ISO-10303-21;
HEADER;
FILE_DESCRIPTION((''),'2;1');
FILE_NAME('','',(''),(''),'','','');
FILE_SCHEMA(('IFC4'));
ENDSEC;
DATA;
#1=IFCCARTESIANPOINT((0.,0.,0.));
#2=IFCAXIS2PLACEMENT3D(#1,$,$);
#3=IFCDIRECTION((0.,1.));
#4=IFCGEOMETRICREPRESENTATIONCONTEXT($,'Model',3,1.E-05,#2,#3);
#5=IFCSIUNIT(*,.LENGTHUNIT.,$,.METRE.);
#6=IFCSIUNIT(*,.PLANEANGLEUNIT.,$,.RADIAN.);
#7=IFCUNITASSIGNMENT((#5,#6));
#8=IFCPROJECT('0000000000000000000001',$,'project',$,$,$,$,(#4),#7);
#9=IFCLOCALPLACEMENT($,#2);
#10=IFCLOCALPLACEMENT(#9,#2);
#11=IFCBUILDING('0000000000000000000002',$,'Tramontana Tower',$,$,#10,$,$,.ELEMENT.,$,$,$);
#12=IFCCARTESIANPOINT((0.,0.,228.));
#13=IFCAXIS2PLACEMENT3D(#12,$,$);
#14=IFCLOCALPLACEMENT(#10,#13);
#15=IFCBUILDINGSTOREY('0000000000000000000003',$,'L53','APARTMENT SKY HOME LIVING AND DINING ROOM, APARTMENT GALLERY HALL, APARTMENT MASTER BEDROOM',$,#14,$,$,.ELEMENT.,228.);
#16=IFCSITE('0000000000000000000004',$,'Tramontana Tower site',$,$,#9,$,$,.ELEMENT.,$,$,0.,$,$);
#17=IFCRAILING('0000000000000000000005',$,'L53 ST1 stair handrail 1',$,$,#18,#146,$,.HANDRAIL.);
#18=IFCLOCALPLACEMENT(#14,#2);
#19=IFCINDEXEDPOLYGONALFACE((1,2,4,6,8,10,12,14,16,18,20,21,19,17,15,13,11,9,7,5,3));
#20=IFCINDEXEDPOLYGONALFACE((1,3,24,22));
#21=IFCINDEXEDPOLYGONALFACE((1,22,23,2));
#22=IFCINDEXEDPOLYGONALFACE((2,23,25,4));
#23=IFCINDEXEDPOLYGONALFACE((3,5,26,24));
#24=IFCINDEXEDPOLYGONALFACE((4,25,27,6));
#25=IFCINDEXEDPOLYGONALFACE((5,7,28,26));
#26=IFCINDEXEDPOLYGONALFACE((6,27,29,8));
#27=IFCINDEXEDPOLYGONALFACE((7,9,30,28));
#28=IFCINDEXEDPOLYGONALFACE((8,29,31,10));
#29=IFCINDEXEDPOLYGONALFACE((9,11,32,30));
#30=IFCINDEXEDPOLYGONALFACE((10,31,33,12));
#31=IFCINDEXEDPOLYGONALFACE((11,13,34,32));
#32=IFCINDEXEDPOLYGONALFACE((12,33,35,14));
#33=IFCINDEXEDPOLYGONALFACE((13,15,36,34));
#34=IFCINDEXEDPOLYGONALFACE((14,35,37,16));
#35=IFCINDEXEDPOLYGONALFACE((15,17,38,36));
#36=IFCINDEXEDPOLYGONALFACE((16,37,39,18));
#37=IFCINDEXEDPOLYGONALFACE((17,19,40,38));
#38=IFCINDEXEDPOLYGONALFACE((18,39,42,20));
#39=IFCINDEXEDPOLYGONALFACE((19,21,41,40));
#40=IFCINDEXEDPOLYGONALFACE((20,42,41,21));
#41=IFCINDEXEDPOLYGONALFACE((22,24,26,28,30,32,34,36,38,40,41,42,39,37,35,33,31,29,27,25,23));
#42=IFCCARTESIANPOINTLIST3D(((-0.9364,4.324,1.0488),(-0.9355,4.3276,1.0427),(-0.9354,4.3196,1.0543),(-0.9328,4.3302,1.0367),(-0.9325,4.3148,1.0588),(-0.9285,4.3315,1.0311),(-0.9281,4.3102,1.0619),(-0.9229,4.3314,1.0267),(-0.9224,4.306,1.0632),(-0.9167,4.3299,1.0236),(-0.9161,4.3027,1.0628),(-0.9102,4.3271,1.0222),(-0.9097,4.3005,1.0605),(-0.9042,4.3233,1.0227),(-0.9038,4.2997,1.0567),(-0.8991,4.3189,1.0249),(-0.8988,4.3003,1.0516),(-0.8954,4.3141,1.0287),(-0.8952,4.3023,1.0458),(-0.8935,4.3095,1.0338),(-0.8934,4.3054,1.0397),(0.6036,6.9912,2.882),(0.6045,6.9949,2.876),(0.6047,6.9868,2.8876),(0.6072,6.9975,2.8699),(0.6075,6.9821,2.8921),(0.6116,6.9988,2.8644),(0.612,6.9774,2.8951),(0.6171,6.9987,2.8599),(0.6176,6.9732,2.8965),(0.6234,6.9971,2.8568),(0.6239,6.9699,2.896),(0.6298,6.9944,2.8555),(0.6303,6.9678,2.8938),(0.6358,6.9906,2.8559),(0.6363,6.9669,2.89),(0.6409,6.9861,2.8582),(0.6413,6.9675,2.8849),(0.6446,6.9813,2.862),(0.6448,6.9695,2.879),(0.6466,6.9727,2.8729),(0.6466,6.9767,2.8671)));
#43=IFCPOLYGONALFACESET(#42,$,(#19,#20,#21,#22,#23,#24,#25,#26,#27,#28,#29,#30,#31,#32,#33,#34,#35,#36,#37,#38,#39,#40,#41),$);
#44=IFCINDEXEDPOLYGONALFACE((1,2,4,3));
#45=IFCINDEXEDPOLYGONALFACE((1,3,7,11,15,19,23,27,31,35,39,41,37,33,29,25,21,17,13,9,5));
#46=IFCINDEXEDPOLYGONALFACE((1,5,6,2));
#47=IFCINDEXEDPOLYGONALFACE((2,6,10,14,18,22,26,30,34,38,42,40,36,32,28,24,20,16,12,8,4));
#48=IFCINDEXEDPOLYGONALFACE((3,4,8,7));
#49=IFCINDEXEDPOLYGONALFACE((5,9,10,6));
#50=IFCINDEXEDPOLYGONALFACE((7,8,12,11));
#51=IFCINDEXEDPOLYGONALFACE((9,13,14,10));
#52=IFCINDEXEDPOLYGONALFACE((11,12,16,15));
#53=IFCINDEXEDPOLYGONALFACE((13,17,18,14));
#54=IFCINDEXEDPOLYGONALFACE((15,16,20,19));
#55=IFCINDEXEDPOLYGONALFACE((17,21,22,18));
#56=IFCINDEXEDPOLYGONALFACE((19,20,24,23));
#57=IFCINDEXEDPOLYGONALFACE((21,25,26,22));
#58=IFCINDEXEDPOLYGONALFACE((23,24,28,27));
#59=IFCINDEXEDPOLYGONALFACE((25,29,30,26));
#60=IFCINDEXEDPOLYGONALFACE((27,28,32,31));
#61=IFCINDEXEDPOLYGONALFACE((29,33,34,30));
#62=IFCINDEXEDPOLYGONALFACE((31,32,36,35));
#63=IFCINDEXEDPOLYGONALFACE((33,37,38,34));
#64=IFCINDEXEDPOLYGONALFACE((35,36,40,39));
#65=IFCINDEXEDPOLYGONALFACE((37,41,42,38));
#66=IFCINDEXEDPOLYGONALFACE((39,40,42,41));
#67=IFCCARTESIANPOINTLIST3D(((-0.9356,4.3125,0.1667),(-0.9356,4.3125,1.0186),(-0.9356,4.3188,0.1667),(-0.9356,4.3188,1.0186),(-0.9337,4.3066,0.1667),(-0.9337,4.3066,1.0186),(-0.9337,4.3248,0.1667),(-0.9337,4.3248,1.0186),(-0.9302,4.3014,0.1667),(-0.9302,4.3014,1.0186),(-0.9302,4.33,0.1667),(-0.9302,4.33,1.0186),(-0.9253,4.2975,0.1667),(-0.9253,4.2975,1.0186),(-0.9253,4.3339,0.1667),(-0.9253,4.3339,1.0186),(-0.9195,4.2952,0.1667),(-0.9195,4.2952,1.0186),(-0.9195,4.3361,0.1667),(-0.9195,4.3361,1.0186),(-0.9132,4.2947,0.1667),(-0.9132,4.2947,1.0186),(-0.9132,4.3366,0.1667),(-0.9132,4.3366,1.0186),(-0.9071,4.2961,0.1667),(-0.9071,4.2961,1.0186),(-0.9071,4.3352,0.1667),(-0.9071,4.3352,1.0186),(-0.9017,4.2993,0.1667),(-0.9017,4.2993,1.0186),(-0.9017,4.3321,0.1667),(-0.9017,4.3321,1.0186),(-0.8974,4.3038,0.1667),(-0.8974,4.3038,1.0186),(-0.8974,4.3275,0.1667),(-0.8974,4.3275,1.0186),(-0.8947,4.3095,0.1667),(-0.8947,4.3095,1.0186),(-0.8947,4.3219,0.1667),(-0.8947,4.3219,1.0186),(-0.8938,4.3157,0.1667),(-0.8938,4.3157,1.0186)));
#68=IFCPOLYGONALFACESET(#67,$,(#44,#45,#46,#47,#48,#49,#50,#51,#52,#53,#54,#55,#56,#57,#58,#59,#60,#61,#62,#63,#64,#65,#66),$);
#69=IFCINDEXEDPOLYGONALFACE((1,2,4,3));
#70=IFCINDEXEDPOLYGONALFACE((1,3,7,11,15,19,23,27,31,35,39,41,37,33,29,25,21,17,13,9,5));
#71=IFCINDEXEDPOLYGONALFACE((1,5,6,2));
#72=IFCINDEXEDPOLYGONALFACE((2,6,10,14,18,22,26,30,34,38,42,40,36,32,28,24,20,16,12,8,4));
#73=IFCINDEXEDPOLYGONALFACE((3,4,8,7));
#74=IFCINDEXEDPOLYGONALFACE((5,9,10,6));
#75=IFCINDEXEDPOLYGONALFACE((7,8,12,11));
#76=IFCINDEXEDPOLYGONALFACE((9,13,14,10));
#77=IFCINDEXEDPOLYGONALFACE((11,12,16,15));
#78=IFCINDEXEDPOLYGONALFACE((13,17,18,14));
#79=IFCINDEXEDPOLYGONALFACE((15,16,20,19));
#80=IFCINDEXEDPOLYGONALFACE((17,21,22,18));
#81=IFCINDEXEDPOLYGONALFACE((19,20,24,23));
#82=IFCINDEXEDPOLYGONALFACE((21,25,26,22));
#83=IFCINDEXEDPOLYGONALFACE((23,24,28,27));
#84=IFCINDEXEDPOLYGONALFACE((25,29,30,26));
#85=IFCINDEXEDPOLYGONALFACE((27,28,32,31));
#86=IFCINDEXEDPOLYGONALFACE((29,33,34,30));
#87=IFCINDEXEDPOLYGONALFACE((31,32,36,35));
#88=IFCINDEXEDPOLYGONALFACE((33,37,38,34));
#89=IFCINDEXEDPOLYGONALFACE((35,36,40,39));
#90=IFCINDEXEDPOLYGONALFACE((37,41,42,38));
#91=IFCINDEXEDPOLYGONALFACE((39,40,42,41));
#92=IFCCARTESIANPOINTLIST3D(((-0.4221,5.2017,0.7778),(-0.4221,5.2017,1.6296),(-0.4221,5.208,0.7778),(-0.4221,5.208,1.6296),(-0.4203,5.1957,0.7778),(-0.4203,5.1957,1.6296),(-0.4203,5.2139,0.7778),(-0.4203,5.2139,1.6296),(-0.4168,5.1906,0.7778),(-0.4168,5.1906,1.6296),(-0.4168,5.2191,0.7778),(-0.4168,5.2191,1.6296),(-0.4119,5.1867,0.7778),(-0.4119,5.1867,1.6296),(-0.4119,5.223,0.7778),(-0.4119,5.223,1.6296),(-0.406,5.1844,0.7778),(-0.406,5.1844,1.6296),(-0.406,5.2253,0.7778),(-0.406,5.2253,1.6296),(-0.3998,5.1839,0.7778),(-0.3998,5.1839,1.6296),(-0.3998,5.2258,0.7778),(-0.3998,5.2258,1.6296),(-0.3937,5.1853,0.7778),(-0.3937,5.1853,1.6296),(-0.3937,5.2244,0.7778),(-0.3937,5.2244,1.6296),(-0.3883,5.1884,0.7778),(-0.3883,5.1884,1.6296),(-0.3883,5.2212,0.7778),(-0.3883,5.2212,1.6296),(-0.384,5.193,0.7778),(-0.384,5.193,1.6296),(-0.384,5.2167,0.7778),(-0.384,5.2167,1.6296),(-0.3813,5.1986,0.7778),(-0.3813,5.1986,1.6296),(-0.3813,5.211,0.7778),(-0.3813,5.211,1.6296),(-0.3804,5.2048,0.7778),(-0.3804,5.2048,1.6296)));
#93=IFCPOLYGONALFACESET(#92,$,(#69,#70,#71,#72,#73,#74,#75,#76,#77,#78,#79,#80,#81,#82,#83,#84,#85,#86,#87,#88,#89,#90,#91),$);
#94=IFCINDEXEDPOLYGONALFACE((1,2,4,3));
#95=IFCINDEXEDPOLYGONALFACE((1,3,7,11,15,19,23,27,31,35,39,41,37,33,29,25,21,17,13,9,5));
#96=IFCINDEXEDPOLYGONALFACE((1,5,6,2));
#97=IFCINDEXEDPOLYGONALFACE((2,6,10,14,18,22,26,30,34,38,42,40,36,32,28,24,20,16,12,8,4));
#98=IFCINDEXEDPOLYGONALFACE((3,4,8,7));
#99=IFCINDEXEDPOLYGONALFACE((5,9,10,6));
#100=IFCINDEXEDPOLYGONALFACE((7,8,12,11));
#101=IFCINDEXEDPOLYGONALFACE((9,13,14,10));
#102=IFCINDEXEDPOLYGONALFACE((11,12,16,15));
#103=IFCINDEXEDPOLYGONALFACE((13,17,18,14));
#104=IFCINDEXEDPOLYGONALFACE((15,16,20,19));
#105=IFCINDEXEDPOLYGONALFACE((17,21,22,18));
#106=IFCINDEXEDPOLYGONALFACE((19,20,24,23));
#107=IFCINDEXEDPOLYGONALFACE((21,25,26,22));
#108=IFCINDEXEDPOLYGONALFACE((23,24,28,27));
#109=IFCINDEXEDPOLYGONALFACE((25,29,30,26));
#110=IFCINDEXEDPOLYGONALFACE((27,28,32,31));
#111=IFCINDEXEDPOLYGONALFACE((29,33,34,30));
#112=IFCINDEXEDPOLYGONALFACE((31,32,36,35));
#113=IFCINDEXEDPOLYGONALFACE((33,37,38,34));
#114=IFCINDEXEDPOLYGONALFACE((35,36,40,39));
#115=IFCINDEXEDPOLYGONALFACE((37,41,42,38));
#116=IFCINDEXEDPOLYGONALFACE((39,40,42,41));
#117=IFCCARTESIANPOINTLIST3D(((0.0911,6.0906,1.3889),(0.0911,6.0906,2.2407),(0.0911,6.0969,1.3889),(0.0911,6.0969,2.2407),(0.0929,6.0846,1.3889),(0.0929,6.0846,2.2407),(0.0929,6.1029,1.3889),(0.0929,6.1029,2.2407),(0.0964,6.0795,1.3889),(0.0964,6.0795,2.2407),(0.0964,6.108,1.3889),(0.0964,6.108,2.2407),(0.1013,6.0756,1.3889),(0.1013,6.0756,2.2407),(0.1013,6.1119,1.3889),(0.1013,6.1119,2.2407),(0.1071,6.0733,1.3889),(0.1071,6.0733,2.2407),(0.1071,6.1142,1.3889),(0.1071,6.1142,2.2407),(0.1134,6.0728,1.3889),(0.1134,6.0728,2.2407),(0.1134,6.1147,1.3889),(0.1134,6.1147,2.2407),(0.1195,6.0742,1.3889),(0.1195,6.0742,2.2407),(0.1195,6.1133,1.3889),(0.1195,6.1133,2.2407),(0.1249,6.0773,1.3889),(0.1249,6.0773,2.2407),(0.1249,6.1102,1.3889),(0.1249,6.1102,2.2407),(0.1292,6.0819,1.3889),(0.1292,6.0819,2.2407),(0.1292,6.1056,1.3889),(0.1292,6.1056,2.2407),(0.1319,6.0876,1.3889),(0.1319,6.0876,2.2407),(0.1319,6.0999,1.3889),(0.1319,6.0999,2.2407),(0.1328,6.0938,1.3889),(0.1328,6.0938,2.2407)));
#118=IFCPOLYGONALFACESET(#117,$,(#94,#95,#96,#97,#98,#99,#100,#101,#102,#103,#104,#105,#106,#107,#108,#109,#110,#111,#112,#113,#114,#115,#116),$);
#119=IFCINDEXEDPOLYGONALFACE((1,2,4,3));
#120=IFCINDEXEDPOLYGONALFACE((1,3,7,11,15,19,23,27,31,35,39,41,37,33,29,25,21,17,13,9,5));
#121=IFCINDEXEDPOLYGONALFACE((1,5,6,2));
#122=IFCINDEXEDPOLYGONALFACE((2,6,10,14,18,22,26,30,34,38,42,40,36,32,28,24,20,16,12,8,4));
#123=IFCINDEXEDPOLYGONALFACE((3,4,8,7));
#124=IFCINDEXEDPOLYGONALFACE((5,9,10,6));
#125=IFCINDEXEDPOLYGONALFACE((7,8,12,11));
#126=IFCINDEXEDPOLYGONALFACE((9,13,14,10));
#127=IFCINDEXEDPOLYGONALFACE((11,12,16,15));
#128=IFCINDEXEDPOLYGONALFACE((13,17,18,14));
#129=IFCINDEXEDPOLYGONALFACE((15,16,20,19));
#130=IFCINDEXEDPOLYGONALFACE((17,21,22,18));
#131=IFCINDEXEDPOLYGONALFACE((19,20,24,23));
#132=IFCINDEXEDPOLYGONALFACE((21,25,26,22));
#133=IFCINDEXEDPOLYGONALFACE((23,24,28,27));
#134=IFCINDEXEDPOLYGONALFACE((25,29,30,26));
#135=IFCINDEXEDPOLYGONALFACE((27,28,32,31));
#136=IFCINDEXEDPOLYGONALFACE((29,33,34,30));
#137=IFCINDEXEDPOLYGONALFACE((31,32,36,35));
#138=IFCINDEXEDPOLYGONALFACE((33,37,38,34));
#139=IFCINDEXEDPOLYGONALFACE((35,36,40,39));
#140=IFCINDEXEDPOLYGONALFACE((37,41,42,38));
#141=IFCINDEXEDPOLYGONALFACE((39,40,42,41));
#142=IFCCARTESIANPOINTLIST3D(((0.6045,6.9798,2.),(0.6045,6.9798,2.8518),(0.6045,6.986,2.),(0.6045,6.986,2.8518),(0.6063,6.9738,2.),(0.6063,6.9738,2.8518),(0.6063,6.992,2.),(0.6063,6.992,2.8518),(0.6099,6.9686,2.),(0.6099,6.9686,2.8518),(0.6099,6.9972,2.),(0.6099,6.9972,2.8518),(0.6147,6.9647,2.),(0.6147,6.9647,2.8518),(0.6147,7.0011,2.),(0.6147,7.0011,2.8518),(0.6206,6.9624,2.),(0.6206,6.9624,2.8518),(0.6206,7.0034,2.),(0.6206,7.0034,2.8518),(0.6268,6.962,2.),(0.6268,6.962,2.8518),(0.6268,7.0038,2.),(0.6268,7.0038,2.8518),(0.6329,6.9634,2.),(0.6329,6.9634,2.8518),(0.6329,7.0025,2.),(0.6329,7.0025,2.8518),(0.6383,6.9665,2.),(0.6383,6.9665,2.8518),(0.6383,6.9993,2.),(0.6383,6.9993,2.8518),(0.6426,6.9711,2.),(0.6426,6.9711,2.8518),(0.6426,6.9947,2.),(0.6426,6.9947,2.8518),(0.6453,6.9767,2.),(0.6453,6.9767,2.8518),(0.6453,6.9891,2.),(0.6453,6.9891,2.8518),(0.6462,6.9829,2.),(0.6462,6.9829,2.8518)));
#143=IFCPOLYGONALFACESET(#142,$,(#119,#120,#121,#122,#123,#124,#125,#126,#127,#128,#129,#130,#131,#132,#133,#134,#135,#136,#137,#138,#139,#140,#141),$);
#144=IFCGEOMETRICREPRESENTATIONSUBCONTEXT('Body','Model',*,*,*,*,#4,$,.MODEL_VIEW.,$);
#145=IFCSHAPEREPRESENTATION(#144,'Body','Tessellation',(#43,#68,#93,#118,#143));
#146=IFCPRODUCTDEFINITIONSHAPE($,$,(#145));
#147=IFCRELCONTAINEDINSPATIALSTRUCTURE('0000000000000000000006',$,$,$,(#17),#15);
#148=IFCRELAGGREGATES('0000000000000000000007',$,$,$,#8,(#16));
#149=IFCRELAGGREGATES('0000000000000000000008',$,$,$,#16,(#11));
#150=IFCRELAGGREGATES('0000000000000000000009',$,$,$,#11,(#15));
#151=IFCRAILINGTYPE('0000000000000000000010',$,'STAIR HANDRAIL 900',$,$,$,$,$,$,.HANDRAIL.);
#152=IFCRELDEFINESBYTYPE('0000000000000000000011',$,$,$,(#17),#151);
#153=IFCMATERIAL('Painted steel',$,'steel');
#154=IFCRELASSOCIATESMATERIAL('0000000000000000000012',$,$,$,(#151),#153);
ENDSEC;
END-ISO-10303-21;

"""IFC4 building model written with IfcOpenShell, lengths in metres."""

from ifc_helpers import new_model, si_unit, direction, frame, origin, origin_2d, place, context, subcontext, project, spatial, circle, extrude, material, type_object, element, save


model = new_model("IFC4")

# Units and contexts
model_context = context("Model", 3, precision=1e-05, world=origin(), true_north=direction((0.0, 1.0)))
body_context = subcontext(model_context, "Body", "Model", "MODEL_VIEW")
ifc_project = project(units=[si_unit("LENGTHUNIT", "METRE"), si_unit("PLANEANGLEUNIT", "RADIAN")], contexts=[model_context])

# Site, building, storey
site_placement = place(None, origin())
site = spatial("IfcSite", under=ifc_project, at=site_placement, Name="Tramontana Tower site", CompositionType="ELEMENT", RefElevation=0.0)
building_placement = place(site_placement, origin())
building = spatial("IfcBuilding", under=site, at=building_placement, Name="Tramontana Tower", CompositionType="ELEMENT")
storey_placement = place(building_placement, frame((0.0, 0.0, 228.0)))
storey = spatial("IfcBuildingStorey", under=building, at=storey_placement, Name="L53", Description="APARTMENT SKY HOME LIVING AND DINING ROOM, APARTMENT GALLERY HALL, APARTMENT MASTER BEDROOM", CompositionType="ELEMENT", Elevation=228.0)

# Railing
ifc_material_1 = material(Name="Painted steel", Category="steel")
railing_type_1 = type_object("IfcRailingType", Name="STAIR HANDRAIL 900", PredefinedType="HANDRAIL", material=ifc_material_1)
railing_1_placement = place(storey_placement, frame((-0.9148, 4.3157, 0.1667)))
element("IfcRailing", 1, at=railing_1_placement, inside=storey, type_object=railing_type_1, Name="L53 ST1 stair handrail 1", PredefinedType="HANDRAIL", context=body_context, shape_type="SweptSolid", body=[
    extrude(circle(Radius=0.0239, at=origin_2d()), frame((0.0, 0.0, 0.876), z_axis=(0.429671, 0.744159, 0.511478), x_axis=(-0.86601, 0.500027, 0.0)), (0.0, 0.0, 1.0), 3.5842),
    extrude(circle(Radius=0.021, at=origin_2d()), origin(), (0.0, 0.0, 1.0), 0.8518),
    extrude(circle(Radius=0.021, at=origin_2d()), frame((0.5134, 0.8892, 0.6111)), (0.0, 0.0, 1.0), 0.8518),
    extrude(circle(Radius=0.021, at=origin_2d()), frame((1.0266, 1.7781, 1.2222)), (0.0, 0.0, 1.0), 0.8518),
    extrude(circle(Radius=0.021, at=origin_2d()), frame((1.54, 2.6672, 1.8333)), (0.0, 0.0, 1.0), 0.8518),
])

save(model, "model.ifc")
